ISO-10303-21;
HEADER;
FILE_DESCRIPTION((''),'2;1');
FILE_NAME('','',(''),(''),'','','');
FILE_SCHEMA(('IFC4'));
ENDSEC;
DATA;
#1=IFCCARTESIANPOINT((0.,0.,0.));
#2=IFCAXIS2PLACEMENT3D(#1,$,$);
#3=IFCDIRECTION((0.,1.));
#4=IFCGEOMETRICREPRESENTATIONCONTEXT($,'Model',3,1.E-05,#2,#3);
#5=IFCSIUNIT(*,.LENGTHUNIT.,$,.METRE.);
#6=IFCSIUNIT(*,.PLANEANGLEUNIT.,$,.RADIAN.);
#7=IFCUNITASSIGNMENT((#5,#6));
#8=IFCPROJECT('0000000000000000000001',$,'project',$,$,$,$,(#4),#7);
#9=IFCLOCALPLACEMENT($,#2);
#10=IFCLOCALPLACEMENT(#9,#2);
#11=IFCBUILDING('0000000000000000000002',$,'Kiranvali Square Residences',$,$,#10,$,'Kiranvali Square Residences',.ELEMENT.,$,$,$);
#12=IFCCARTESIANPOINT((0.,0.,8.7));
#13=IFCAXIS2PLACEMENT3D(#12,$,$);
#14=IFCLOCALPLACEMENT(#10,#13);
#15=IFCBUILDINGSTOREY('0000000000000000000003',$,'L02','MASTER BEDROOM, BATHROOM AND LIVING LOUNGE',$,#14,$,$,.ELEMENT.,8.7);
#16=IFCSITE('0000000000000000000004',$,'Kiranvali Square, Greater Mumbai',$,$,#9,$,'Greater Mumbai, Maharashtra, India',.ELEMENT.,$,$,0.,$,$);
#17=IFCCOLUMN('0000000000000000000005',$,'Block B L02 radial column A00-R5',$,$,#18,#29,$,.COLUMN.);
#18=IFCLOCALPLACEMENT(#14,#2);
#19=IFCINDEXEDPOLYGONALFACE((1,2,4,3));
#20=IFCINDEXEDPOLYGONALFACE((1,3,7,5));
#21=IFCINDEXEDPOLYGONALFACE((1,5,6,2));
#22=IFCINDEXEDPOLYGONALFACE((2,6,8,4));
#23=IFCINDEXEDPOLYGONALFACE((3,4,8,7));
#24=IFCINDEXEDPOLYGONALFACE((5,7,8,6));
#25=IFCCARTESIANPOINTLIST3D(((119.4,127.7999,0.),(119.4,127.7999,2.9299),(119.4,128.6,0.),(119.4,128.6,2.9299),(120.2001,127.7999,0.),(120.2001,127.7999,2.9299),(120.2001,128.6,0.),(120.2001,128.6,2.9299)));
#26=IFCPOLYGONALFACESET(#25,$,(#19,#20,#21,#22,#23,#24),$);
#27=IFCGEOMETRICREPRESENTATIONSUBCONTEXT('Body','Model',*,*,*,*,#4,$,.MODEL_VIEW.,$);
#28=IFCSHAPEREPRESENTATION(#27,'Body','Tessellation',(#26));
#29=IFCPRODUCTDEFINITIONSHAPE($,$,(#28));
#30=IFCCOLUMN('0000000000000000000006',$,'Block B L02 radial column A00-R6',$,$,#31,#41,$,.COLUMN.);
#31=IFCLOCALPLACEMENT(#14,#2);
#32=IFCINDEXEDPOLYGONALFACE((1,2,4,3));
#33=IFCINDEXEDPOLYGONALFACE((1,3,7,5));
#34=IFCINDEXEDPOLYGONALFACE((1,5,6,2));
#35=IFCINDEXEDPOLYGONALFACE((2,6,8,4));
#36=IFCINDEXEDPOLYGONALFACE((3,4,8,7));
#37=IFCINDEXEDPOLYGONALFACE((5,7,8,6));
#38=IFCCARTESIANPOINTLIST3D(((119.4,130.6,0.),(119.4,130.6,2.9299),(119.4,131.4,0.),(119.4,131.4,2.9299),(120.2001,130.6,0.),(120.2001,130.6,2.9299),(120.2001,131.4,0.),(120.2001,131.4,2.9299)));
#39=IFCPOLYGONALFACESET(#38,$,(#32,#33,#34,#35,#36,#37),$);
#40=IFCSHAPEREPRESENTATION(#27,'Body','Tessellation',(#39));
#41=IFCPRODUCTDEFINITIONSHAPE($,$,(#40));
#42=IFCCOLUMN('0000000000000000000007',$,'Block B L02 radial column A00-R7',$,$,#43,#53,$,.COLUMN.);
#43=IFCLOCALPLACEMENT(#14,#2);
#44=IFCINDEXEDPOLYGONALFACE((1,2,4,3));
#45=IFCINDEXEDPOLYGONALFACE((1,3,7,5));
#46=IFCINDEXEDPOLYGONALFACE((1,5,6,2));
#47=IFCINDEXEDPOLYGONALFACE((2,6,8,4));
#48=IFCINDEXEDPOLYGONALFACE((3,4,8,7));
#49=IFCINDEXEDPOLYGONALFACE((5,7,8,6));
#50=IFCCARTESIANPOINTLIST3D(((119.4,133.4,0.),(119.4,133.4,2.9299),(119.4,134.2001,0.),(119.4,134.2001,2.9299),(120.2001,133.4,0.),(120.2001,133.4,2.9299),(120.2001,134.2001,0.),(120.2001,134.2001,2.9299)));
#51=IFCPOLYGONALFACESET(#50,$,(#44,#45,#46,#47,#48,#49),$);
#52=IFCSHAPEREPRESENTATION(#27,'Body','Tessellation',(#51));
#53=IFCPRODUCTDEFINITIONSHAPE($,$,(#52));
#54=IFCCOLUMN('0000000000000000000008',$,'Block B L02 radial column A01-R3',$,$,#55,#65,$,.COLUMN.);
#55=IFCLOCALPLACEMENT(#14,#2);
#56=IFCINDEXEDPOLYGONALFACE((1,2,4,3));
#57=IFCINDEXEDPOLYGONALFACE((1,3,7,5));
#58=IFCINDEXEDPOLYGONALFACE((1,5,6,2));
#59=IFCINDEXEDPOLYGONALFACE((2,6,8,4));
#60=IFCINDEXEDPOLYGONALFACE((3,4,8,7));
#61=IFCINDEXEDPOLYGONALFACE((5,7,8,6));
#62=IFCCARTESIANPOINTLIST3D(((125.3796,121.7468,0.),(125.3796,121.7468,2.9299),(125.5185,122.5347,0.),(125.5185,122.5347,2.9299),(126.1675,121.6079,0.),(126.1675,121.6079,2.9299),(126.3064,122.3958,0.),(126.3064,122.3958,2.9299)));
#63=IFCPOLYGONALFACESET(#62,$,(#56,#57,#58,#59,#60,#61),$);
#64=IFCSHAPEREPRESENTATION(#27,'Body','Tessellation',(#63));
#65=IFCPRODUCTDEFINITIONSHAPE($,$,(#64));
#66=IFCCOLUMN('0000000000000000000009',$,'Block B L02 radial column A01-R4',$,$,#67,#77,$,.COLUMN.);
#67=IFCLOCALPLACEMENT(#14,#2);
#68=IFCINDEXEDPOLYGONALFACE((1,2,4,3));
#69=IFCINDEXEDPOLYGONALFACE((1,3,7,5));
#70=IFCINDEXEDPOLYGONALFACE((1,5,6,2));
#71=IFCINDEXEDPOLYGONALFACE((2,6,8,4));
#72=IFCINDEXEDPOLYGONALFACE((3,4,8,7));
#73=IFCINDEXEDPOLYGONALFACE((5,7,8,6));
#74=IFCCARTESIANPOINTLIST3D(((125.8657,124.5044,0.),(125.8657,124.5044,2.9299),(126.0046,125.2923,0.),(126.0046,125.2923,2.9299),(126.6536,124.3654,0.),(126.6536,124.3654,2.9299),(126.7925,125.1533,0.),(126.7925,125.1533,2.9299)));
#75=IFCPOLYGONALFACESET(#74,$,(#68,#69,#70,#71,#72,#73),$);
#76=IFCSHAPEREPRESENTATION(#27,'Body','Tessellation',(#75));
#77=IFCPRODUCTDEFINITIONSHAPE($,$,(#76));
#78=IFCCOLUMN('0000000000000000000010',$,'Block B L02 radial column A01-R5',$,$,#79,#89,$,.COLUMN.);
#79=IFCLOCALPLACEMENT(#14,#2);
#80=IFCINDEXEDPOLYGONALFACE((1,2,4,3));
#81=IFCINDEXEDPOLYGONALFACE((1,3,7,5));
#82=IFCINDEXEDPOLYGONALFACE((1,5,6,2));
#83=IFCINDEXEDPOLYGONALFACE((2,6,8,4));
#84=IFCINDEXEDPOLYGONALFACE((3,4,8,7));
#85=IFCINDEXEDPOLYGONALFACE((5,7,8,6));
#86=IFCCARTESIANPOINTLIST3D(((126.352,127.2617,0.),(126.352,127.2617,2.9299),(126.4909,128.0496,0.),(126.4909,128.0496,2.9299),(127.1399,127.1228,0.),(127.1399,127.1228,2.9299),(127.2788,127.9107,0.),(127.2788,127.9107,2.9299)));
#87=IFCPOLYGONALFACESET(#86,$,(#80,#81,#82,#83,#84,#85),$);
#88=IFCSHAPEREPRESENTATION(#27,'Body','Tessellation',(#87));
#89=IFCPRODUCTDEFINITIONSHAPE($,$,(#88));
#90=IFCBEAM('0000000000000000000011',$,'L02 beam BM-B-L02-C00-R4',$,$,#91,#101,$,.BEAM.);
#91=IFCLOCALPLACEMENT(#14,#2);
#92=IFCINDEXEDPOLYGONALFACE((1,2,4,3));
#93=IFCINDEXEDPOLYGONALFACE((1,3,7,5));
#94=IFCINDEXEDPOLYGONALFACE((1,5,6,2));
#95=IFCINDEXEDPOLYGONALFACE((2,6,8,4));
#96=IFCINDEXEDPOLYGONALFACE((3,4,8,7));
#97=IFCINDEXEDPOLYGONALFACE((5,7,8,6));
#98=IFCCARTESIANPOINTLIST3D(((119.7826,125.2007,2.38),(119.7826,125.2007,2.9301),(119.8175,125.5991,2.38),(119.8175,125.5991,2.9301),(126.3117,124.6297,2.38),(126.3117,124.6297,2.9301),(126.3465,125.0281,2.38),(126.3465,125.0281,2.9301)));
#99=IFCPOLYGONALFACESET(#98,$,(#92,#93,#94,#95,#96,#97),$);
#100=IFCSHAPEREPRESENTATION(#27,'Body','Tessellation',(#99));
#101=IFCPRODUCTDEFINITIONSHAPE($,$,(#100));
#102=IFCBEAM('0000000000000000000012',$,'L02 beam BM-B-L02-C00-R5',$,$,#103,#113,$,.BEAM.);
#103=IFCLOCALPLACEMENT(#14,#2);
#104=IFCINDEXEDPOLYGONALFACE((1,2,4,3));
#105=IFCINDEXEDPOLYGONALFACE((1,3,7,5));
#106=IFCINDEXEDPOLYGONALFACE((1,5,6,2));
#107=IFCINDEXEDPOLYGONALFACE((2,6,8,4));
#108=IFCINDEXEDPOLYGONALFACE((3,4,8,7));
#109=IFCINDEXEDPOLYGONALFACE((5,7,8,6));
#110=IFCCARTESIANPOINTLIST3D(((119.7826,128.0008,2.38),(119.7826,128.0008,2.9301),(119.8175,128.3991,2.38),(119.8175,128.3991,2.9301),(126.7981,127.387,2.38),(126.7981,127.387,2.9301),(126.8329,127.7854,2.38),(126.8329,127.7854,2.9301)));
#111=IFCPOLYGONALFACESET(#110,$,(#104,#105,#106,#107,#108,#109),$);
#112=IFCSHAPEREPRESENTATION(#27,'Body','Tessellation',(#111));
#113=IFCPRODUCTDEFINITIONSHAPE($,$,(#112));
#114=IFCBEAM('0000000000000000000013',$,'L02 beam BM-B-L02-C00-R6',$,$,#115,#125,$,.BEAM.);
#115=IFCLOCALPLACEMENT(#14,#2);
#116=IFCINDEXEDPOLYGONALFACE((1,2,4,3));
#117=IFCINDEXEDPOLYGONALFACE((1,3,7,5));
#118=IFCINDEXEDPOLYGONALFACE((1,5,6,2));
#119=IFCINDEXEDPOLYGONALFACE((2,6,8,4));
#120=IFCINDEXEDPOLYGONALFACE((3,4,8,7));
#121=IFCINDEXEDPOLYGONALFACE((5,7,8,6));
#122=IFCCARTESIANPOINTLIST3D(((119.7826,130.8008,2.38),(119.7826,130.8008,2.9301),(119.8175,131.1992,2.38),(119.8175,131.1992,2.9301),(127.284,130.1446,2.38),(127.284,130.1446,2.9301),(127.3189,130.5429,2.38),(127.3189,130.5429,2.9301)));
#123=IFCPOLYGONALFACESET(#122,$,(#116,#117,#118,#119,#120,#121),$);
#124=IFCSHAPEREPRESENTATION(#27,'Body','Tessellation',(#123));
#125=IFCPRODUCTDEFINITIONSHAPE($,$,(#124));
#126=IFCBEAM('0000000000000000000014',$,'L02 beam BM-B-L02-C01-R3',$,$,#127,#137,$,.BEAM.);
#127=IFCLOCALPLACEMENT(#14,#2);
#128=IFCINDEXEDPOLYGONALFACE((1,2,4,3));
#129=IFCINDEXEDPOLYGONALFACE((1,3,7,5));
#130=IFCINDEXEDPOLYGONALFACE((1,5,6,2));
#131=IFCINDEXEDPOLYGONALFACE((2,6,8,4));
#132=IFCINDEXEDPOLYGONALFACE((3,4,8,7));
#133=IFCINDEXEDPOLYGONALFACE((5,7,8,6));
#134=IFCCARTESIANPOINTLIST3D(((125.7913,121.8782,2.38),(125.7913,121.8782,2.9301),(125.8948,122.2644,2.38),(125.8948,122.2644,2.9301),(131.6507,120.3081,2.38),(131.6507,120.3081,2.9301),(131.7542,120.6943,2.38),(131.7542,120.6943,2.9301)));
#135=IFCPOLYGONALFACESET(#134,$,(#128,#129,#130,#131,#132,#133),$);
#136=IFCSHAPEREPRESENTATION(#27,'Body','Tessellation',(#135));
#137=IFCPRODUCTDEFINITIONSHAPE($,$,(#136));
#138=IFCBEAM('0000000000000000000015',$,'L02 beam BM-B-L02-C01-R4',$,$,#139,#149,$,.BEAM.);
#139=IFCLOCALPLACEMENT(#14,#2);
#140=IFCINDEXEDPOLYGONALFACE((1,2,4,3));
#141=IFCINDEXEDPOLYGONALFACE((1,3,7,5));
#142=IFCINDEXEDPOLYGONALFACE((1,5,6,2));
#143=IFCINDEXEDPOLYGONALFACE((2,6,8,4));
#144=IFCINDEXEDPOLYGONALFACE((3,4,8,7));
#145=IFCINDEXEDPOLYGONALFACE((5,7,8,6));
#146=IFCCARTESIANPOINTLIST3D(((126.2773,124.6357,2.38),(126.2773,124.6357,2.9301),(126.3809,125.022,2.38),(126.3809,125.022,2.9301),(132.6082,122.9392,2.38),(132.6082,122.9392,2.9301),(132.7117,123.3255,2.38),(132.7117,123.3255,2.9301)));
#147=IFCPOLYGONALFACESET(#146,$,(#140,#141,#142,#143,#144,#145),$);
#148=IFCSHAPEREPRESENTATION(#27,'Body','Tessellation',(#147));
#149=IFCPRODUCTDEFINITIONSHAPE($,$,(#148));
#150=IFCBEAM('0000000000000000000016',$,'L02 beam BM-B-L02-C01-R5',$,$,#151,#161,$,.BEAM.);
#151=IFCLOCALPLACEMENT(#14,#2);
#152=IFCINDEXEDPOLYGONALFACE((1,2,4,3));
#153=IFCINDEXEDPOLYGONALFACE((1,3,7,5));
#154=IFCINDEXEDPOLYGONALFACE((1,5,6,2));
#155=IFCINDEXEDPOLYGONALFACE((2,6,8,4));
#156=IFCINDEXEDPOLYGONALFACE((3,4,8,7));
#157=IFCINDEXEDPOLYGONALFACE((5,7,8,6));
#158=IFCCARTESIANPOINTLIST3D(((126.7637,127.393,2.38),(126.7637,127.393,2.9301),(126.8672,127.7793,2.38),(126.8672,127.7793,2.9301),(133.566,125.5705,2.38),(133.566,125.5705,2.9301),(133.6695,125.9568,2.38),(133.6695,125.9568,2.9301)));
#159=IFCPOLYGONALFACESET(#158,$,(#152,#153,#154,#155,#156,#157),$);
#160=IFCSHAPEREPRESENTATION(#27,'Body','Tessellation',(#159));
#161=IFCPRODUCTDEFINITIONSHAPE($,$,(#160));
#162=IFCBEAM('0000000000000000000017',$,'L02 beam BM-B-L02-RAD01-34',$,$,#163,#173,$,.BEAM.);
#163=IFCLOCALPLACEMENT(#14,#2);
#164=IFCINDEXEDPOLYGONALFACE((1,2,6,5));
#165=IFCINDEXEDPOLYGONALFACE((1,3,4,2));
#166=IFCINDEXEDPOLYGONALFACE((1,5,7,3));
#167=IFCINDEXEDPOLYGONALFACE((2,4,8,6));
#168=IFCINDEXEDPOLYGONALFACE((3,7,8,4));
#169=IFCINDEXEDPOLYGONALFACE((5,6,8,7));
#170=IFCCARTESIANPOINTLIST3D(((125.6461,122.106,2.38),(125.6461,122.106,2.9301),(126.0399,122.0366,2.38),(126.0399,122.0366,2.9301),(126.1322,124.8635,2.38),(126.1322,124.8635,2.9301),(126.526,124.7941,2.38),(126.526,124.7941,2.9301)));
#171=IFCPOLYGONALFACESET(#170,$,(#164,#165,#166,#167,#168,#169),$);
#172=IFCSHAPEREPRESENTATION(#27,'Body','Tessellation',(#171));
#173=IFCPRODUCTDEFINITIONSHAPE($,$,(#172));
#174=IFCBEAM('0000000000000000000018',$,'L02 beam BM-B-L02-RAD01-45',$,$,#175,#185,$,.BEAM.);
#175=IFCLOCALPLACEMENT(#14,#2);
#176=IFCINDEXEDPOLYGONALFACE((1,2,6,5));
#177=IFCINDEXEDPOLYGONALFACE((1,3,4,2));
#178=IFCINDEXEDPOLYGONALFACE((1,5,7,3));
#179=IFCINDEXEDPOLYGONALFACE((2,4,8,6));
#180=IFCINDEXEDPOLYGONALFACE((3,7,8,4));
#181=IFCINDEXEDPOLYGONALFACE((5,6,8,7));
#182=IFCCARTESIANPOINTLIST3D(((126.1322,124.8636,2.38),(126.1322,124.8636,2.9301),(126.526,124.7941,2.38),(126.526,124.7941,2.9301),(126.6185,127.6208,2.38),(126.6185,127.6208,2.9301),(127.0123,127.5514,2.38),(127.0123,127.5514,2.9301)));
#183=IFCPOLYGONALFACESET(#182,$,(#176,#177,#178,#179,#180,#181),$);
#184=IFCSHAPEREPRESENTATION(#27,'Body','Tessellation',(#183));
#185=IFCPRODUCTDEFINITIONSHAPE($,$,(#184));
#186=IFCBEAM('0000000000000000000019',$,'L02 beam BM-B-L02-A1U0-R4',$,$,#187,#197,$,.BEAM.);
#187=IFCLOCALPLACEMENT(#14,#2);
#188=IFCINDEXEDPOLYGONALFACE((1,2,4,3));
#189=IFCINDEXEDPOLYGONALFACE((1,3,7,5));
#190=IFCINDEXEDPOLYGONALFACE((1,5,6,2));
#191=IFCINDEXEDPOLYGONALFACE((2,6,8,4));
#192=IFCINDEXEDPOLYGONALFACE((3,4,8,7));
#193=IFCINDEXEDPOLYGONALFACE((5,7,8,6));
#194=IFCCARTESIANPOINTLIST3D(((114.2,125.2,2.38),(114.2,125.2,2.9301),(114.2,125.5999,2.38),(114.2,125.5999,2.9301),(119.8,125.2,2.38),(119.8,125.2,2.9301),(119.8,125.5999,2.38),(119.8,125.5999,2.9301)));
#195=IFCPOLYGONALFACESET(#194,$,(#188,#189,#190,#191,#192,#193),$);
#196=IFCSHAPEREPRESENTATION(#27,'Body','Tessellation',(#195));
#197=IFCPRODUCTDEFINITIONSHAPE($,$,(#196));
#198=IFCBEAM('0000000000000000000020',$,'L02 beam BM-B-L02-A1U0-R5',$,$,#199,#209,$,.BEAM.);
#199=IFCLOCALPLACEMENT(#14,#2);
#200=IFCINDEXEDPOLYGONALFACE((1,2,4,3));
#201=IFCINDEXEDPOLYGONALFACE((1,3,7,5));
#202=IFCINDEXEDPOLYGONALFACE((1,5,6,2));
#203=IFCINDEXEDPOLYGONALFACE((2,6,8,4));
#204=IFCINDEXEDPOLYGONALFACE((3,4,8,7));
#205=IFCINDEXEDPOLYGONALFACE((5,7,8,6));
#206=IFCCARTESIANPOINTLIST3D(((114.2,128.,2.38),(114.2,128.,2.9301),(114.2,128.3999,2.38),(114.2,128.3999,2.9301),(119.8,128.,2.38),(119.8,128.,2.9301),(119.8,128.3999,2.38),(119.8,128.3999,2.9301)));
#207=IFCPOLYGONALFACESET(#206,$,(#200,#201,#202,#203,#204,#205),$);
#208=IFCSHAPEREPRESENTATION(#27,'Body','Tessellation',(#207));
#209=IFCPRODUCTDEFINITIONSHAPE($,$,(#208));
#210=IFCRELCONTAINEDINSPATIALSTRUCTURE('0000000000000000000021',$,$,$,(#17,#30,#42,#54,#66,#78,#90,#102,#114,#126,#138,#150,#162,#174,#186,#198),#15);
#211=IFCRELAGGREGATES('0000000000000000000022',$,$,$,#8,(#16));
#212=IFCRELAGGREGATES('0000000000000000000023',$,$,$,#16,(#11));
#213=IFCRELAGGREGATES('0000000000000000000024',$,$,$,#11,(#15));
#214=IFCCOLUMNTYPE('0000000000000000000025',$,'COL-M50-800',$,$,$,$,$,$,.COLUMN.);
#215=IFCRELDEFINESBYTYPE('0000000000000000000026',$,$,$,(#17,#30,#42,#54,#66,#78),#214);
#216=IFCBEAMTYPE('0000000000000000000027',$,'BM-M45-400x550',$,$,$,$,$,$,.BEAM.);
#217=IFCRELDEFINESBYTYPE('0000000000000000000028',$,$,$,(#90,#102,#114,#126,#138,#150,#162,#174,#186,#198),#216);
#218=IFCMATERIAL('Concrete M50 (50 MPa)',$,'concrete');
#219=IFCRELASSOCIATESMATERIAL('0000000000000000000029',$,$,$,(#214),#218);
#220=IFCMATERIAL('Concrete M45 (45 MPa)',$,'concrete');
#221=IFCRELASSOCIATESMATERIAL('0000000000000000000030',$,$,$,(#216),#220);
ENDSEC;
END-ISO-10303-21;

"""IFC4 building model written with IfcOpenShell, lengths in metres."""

from ifc_helpers import new_model, si_unit, direction, frame, origin, origin_2d, place, context, subcontext, project, spatial, rectangle, extrude, material, material_profile, profile_set, type_object, element, save


model = new_model("IFC4")

# Units and contexts
model_context = context("Model", 3, precision=1e-05, world=origin(), true_north=direction((0.0, 1.0)))
body_context = subcontext(model_context, "Body", "Model", "MODEL_VIEW")
ifc_project = project(units=[si_unit("LENGTHUNIT", "METRE"), si_unit("PLANEANGLEUNIT", "RADIAN")], contexts=[model_context])

# Site, building, storey
site_placement = place(None, origin())
site = spatial("IfcSite", under=ifc_project, at=site_placement, Name="Kiranvali Square, Greater Mumbai", LongName="Greater Mumbai, Maharashtra, India", CompositionType="ELEMENT", RefElevation=0.0)
building_placement = place(site_placement, origin())
building = spatial("IfcBuilding", under=site, at=building_placement, Name="Kiranvali Square Residences", LongName="Kiranvali Square Residences", CompositionType="ELEMENT")
storey_placement = place(building_placement, frame((0.0, 0.0, 8.7)))
storey = spatial("IfcBuildingStorey", under=building, at=storey_placement, Name="L02", Description="MASTER BEDROOM, BATHROOM AND LIVING LOUNGE", CompositionType="ELEMENT", Elevation=8.7)

# Columns
ifc_material_1 = material(Name="Concrete M50 (50 MPa)", Category="concrete")
ifc_material_profile_1 = material_profile(ifc_material_1, rectangle(XDim=0.8, YDim=0.8, at=origin_2d()), Name="RC 800x800")
ifc_profile_set_1 = profile_set([ifc_material_profile_1], Name="Concrete M50 (50 MPa)")
column_type = type_object("IfcColumnType", Name="COL-M50-800", PredefinedType="COLUMN", material=ifc_profile_set_1)
for number, where, z_axis, x_axis, name in (
    (1, (119.8, 128.2, 0.0), (0.0, 0.0, 1.0), (1.0, 0.0, 0.0), "Block B L02 radial column A00-R5"),
    (2, (119.8, 131.0, 0.0), (0.0, 0.0, 1.0), (1.0, 0.0, 0.0), "Block B L02 radial column A00-R6"),
    (3, (119.8, 133.8, 0.0), (0.0, 0.0, 1.0), (1.0, 0.0, 0.0), "Block B L02 radial column A00-R7"),
    (4, (125.843, 122.0713, 0.0), (0.0, 0.0, 1.0), (-0.984808, 0.173648, 0.0), "Block B L02 radial column A01-R3"),
    (5, (126.3291, 124.8289, 0.0), (0.0, 0.0, 1.0), (-0.984808, 0.173648, 0.0), "Block B L02 radial column A01-R4"),
    (6, (126.8154, 127.5862, 0.0), (0.0, 0.0, 1.0), (-0.984808, 0.173648, 0.0), "Block B L02 radial column A01-R5"),
):
    element("IfcColumn", number, at=place(storey_placement, frame(where, z_axis=z_axis, x_axis=x_axis)), inside=storey, type_object=column_type, Name=name, PredefinedType="COLUMN", context=body_context, shape_type="SweptSolid", body=[
        extrude(rectangle(XDim=0.8, YDim=0.8, at=origin_2d()), origin(), (0.0, 0.0, 1.0), 2.9299),
    ])

# Beams
ifc_material_2 = material(Name="Concrete M45 (45 MPa)", Category="concrete")
ifc_material_profile_2 = material_profile(ifc_material_2, rectangle(XDim=0.3999, YDim=0.55, at=origin_2d()), Name="RC 400x550")
ifc_profile_set_2 = profile_set([ifc_material_profile_2], Name="Concrete M45 (45 MPa)")
beam_type_1 = type_object("IfcBeamType", Name="BM-M45-400x550", PredefinedType="BEAM", material=ifc_profile_set_2)
beam_1_placement = place(storey_placement, frame((119.8, 125.3999, 2.655), z_axis=(0.996197, -0.08713, 0.0), x_axis=(0.08713, 0.996197, 0.0)))
element("IfcBeam", 7, at=beam_1_placement, inside=storey, type_object=beam_type_1, Name="L02 beam BM-B-L02-C00-R4", PredefinedType="BEAM", context=body_context, shape_type="SweptSolid", body=[
    extrude(rectangle(XDim=0.3999, YDim=0.55, at=origin_2d()), origin(), (0.0, 0.0, 1.0), 6.554),
])
beam_2_placement = place(storey_placement, frame((119.8, 128.2, 2.655), z_axis=(0.996195, -0.087156, 0.0), x_axis=(0.087156, 0.996195, 0.0)))
element("IfcBeam", 8, at=beam_2_placement, inside=storey, type_object=beam_type_1, Name="L02 beam BM-B-L02-C00-R5", PredefinedType="BEAM", context=body_context, shape_type="SweptSolid", body=[
    extrude(rectangle(XDim=0.3999, YDim=0.55, at=origin_2d()), origin(), (0.0, 0.0, 1.0), 7.0422),
])
beam_3_placement = place(storey_placement, frame((119.8, 131.0, 2.655), z_axis=(0.996195, -0.08715, 0.0), x_axis=(0.08715, 0.996195, 0.0)))
element("IfcBeam", 9, at=beam_3_placement, inside=storey, type_object=beam_type_1, Name="L02 beam BM-B-L02-C00-R6", PredefinedType="BEAM", context=body_context, shape_type="SweptSolid", body=[
    extrude(rectangle(XDim=0.3999, YDim=0.55, at=origin_2d()), origin(), (0.0, 0.0, 1.0), 7.53),
])
beam_4_placement = place(storey_placement, frame((125.843, 122.0713, 2.655), z_axis=(0.965924, -0.258827, 0.0), x_axis=(0.258827, 0.965924, 0.0)))
element("IfcBeam", 10, at=beam_4_placement, inside=storey, type_object=beam_type_1, Name="L02 beam BM-B-L02-C01-R3", PredefinedType="BEAM", context=body_context, shape_type="SweptSolid", body=[
    extrude(rectangle(XDim=0.3999, YDim=0.55, at=origin_2d()), origin(), (0.0, 0.0, 1.0), 6.0662),
])
beam_5_placement = place(storey_placement, frame((126.3291, 124.8289, 2.655), z_axis=(0.965918, -0.258847, 0.0), x_axis=(0.258847, 0.965918, 0.0)))
element("IfcBeam", 11, at=beam_5_placement, inside=storey, type_object=beam_type_1, Name="L02 beam BM-B-L02-C01-R4", PredefinedType="BEAM", context=body_context, shape_type="SweptSolid", body=[
    extrude(rectangle(XDim=0.3999, YDim=0.55, at=origin_2d()), origin(), (0.0, 0.0, 1.0), 6.5542),
])
beam_6_placement = place(storey_placement, frame((126.8154, 127.5862, 2.655), z_axis=(0.965931, -0.2588, 0.0), x_axis=(0.2588, 0.965931, 0.0)))
element("IfcBeam", 12, at=beam_6_placement, inside=storey, type_object=beam_type_1, Name="L02 beam BM-B-L02-C01-R5", PredefinedType="BEAM", context=body_context, shape_type="SweptSolid", body=[
    extrude(rectangle(XDim=0.3999, YDim=0.55, at=origin_2d()), origin(), (0.0, 0.0, 1.0), 7.0422),
])
beam_7_placement = place(storey_placement, frame((125.843, 122.0713, 2.655), z_axis=(0.173596, 0.984817, 0.0), x_axis=(-0.984817, 0.173596, 0.0)))
element("IfcBeam", 13, at=beam_7_placement, inside=storey, type_object=beam_type_1, Name="L02 beam BM-B-L02-RAD01-34", PredefinedType="BEAM", context=body_context, shape_type="SweptSolid", body=[
    extrude(rectangle(XDim=0.3999, YDim=0.55, at=origin_2d()), origin(), (0.0, 0.0, 1.0), 2.8),
])
beam_8_placement = place(storey_placement, frame((126.3291, 124.8289, 2.655), z_axis=(0.173696, 0.984799, 0.0), x_axis=(-0.984799, 0.173696, 0.0)))
element("IfcBeam", 14, at=beam_8_placement, inside=storey, type_object=beam_type_1, Name="L02 beam BM-B-L02-RAD01-45", PredefinedType="BEAM", context=body_context, shape_type="SweptSolid", body=[
    extrude(rectangle(XDim=0.3999, YDim=0.55, at=origin_2d()), origin(), (0.0, 0.0, 1.0), 2.7998),
])
for number, where, z_axis, x_axis, name in (
    (15, (119.8, 125.3999, 2.655), (-1.0, 0.0, 0.0), (0.0, -1.0, 0.0), "L02 beam BM-B-L02-A1U0-R4"),
    (16, (119.8, 128.2, 2.655), (-1.0, 0.0, 0.0), (0.0, -1.0, 0.0), "L02 beam BM-B-L02-A1U0-R5"),
):
    element("IfcBeam", number, at=place(storey_placement, frame(where, z_axis=z_axis, x_axis=x_axis)), inside=storey, type_object=beam_type_1, Name=name, PredefinedType="BEAM", context=body_context, shape_type="SweptSolid", body=[
        extrude(rectangle(XDim=0.3999, YDim=0.55, at=origin_2d()), origin(), (0.0, 0.0, 1.0), 5.6001),
    ])

save(model, "model.ifc")
